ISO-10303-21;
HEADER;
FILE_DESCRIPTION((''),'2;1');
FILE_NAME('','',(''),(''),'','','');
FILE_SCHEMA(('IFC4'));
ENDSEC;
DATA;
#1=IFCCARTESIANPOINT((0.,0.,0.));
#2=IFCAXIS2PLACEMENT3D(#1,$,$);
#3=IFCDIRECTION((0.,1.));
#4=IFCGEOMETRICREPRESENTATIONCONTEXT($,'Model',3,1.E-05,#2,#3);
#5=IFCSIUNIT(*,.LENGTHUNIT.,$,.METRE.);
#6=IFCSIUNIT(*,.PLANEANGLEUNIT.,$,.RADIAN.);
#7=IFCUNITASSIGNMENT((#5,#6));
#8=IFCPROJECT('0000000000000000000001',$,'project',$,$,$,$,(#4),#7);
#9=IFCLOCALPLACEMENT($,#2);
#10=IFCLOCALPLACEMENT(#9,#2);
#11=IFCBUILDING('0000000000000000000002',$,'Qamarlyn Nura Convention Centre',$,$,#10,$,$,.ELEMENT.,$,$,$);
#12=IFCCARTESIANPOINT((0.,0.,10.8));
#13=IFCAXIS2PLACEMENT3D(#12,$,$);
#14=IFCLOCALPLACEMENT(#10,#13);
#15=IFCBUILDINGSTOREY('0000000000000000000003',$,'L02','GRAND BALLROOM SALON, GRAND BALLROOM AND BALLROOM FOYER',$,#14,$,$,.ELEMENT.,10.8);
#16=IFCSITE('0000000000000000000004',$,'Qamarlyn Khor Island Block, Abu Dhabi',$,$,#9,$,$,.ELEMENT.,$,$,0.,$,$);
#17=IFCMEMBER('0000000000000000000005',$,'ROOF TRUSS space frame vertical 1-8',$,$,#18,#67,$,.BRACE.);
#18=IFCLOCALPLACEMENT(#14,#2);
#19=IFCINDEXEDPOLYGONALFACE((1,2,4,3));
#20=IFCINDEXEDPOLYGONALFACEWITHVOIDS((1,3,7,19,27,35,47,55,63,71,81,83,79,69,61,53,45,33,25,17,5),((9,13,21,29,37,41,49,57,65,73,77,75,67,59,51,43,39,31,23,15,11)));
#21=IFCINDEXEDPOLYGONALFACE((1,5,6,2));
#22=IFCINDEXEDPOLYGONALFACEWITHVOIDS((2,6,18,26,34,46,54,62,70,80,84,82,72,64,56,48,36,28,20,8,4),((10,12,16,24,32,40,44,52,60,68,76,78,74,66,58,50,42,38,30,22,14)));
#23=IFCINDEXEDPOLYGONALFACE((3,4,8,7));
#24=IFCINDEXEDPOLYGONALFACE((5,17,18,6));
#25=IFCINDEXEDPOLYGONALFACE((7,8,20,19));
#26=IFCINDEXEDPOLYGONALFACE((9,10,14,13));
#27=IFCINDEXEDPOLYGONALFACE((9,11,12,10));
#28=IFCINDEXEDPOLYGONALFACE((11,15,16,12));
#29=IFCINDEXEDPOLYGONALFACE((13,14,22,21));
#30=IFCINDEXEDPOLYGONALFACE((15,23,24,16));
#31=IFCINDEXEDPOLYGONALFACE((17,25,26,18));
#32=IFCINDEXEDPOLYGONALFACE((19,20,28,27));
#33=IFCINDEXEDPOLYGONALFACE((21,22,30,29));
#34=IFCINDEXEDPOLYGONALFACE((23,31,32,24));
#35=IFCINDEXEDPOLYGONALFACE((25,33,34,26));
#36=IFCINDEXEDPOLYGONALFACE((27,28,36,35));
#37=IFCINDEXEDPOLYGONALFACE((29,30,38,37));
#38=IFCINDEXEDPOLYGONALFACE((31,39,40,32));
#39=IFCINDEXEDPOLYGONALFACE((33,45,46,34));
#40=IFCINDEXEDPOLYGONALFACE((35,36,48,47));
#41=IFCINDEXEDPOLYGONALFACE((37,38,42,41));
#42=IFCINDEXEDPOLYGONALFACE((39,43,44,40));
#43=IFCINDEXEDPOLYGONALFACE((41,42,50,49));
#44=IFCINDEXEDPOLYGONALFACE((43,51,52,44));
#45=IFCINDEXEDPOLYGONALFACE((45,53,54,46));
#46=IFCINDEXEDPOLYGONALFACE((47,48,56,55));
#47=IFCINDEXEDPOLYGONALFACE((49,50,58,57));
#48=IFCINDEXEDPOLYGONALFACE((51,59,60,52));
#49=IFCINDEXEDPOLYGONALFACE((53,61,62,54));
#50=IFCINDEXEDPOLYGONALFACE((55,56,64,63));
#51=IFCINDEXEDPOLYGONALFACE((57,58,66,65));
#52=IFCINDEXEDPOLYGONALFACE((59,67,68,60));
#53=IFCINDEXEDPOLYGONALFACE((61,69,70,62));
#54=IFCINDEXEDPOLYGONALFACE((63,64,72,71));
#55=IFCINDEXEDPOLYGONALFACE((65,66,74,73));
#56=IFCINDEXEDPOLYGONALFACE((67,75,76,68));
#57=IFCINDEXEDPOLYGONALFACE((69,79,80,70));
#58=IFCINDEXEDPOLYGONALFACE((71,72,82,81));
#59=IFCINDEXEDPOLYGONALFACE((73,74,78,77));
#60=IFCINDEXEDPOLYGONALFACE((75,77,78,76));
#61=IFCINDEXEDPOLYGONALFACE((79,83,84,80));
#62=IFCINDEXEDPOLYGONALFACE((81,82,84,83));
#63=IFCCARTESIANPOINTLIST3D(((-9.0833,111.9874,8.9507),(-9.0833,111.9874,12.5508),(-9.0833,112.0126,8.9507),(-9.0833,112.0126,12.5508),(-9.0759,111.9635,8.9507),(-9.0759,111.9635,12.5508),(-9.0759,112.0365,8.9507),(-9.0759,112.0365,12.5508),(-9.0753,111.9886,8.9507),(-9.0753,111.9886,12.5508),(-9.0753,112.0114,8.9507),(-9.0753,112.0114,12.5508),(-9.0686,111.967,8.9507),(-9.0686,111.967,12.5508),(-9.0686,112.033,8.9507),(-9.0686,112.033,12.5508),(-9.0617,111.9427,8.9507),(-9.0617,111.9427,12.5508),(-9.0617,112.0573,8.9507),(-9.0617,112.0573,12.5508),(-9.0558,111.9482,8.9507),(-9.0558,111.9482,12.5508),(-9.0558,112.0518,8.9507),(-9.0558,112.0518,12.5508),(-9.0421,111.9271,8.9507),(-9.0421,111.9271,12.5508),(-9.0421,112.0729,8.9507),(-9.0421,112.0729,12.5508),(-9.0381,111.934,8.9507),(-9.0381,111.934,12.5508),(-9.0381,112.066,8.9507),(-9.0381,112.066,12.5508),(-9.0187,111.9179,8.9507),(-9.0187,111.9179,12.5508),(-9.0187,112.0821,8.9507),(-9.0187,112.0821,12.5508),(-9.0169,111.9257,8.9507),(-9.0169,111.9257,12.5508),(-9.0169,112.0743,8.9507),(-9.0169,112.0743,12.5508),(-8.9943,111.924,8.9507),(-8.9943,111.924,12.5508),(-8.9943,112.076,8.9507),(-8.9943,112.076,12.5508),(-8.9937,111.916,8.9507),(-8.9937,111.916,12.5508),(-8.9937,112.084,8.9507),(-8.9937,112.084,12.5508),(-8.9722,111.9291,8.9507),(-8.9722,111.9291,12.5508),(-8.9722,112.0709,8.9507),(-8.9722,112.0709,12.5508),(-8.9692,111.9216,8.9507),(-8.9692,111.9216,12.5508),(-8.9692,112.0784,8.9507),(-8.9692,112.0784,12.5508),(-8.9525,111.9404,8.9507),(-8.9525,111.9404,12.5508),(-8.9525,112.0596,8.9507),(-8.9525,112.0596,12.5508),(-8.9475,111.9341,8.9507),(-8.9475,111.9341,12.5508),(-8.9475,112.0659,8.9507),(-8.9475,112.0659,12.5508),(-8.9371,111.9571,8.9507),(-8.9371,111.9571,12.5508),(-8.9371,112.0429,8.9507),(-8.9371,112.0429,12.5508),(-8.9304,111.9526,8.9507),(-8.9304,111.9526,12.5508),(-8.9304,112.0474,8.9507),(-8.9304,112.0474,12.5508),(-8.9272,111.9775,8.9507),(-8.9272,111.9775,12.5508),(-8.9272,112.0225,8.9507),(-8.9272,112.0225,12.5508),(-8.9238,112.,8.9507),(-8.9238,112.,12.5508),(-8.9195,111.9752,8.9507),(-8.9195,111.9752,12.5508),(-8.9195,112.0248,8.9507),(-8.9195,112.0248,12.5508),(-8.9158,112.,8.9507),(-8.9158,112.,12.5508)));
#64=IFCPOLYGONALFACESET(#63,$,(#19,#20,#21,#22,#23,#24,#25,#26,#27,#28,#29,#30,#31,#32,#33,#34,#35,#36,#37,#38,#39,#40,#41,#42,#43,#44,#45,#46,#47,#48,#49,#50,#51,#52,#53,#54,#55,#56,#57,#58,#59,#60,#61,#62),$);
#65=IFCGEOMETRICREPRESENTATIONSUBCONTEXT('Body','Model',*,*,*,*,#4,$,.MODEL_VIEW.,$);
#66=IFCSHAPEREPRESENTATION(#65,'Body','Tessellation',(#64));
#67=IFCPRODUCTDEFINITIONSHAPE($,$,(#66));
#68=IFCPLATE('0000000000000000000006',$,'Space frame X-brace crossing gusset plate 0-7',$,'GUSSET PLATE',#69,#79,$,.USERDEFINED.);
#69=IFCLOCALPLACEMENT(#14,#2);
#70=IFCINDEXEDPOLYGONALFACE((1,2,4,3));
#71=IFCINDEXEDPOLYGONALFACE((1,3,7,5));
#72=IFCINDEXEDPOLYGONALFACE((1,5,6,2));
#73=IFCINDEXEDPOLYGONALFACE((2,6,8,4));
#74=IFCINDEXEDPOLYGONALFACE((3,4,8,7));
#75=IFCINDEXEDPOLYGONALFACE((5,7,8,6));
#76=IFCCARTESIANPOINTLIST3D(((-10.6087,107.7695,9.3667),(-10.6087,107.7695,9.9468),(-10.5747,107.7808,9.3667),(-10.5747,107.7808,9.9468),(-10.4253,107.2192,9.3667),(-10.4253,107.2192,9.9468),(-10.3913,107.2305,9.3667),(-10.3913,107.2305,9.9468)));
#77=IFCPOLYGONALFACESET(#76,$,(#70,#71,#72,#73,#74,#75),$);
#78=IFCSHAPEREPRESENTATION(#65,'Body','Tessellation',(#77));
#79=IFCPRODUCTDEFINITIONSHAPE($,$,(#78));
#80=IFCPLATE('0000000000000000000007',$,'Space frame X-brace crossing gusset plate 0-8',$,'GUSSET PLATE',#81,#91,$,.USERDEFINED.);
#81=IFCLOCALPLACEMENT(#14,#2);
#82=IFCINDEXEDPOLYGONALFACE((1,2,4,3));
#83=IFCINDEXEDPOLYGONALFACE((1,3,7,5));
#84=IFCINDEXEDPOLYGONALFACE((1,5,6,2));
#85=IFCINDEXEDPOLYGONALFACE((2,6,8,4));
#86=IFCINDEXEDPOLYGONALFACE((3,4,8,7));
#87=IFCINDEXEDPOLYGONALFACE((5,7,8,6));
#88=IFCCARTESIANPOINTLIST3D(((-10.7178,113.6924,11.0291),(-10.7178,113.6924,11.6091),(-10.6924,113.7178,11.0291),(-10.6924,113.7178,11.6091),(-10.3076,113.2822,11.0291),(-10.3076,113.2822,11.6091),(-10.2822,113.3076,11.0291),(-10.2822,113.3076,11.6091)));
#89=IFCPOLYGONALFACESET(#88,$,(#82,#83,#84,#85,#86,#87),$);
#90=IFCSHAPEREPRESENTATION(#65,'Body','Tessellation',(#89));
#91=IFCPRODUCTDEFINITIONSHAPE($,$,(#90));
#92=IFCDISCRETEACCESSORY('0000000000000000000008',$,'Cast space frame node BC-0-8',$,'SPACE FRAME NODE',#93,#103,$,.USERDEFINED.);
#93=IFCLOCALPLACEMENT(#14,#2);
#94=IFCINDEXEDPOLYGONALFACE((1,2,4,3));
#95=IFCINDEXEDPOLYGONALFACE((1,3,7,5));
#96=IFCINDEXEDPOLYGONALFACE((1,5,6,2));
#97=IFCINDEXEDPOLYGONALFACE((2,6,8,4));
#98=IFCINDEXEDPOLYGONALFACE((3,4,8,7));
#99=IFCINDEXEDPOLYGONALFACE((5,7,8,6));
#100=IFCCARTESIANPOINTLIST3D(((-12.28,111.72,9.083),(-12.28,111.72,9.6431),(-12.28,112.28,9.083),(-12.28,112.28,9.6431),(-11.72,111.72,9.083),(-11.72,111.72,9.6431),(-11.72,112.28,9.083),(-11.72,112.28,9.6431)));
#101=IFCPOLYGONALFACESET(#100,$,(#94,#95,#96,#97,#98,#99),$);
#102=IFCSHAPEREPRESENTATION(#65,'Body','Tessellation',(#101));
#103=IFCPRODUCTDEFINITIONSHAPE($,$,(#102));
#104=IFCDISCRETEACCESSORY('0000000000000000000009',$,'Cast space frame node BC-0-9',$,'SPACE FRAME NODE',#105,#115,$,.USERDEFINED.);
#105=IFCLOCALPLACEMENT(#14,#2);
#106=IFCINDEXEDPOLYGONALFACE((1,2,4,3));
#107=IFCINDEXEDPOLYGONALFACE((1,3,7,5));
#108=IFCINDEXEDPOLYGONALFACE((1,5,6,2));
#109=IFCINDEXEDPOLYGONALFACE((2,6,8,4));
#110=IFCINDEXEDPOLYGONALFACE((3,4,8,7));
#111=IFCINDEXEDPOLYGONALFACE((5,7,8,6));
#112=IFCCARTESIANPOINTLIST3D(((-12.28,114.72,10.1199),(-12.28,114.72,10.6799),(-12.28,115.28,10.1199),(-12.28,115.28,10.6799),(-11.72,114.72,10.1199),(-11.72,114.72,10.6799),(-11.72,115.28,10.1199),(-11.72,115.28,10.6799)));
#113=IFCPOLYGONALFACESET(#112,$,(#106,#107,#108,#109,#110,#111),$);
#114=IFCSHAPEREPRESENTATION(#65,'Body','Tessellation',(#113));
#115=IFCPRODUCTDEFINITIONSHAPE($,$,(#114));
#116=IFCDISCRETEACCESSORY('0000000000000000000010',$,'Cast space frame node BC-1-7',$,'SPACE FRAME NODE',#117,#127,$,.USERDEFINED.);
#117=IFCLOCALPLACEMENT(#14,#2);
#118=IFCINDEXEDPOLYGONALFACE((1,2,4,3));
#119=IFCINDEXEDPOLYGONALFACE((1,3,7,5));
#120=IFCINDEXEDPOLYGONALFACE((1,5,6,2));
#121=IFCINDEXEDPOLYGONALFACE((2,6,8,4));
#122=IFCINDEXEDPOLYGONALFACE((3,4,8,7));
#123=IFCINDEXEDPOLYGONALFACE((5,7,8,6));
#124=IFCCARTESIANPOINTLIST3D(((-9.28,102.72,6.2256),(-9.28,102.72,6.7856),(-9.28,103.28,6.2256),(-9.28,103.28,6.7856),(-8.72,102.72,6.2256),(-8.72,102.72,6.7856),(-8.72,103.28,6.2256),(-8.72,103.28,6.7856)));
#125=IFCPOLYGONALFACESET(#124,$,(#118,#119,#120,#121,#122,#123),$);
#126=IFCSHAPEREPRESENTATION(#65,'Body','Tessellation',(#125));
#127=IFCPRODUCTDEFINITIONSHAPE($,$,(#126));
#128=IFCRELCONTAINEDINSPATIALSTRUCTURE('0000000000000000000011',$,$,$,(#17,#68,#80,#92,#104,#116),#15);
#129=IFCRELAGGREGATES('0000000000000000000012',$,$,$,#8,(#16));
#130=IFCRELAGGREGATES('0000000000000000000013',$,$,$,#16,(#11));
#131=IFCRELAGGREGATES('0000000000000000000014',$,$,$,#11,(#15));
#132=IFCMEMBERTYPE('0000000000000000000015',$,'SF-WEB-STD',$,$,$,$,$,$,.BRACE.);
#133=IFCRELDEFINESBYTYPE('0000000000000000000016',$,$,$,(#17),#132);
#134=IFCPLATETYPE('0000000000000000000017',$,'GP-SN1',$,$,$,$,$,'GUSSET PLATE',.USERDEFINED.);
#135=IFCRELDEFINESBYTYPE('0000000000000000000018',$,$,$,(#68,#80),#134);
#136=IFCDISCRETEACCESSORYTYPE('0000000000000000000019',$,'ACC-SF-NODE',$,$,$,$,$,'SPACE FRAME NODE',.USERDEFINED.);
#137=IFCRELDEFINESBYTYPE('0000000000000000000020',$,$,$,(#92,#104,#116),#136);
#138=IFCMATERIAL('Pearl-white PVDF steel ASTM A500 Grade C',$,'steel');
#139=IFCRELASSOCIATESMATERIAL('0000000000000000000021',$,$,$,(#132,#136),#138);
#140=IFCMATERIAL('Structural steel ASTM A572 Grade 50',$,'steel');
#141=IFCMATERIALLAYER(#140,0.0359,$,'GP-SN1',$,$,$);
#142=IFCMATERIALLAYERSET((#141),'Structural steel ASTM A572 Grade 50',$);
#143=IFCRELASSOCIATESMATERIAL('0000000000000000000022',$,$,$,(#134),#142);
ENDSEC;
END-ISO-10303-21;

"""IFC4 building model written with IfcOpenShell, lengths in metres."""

from ifc_helpers import new_model, si_unit, direction, frame, origin, origin_2d, place, context, subcontext, project, spatial, rectangle, hollow_circle, extrude, material, layer, layer_set, material_profile, profile_set, type_object, element, save


model = new_model("IFC4")

# Units and contexts
model_context = context("Model", 3, precision=1e-05, world=origin(), true_north=direction((0.0, 1.0)))
body_context = subcontext(model_context, "Body", "Model", "MODEL_VIEW")
ifc_project = project(units=[si_unit("LENGTHUNIT", "METRE"), si_unit("PLANEANGLEUNIT", "RADIAN")], contexts=[model_context])

# Site, building, storey
site_placement = place(None, origin())
site = spatial("IfcSite", under=ifc_project, at=site_placement, Name="Qamarlyn Khor Island Block, Abu Dhabi", CompositionType="ELEMENT", RefElevation=0.0)
building_placement = place(site_placement, origin())
building = spatial("IfcBuilding", under=site, at=building_placement, Name="Qamarlyn Nura Convention Centre", CompositionType="ELEMENT")
storey_placement = place(building_placement, frame((0.0, 0.0, 10.8)))
storey = spatial("IfcBuildingStorey", under=building, at=storey_placement, Name="L02", Description="GRAND BALLROOM SALON, GRAND BALLROOM AND BALLROOM FOYER", CompositionType="ELEMENT", Elevation=10.8)

# Member
ifc_material_1 = material(Name="Pearl-white PVDF steel ASTM A500 Grade C", Category="steel")
ifc_material_profile_1 = material_profile(ifc_material_1, hollow_circle(Radius=0.0842, WallThickness=0.0081, at=origin_2d()), Name="CHS168.3X8")
ifc_profile_set_1 = profile_set([ifc_material_profile_1], Name="Pearl-white PVDF steel ASTM A500 Grade C")
member_type_1 = type_object("IfcMemberType", Name="SF-WEB-STD", PredefinedType="BRACE", material=ifc_profile_set_1)
member_1_placement = place(storey_placement, frame((-9.0, 112.0, 8.9507), z_axis=(0.0, 0.0, 1.0), x_axis=(1.0, 0.0, 0.0)))
element("IfcMember", 1, at=member_1_placement, inside=storey, type_object=member_type_1, Name="ROOF TRUSS space frame vertical 1-8", PredefinedType="BRACE", context=body_context, shape_type="SweptSolid", body=[
    extrude(hollow_circle(Radius=0.0842, WallThickness=0.0081, at=origin_2d()), origin(), (0.0, 0.0, 1.0), 3.6001),
])

# Plates
ifc_material_2 = material(Name="Structural steel ASTM A572 Grade 50", Category="steel")
ifc_layer = layer(ifc_material_2, 0.0359, Name="GP-SN1")
ifc_layer_set = layer_set([ifc_layer], Name="Structural steel ASTM A572 Grade 50")
plate_type = type_object("IfcPlateType", Name="GP-SN1", ElementType="GUSSET PLATE", PredefinedType="USERDEFINED", material=ifc_layer_set)
for number, where, z_axis, x_axis, name in (
    (2, (-10.5, 107.5, 9.3667), (0.0, 0.0, 1.0), (-0.316227, 0.948684, 0.0), "Space frame X-brace crossing gusset plate 0-7"),
    (3, (-10.5, 113.5, 11.0291), (0.0, 0.0, 1.0), (-0.707107, 0.707107, 0.0), "Space frame X-brace crossing gusset plate 0-8"),
):
    element("IfcPlate", number, at=place(storey_placement, frame(where, z_axis=z_axis, x_axis=x_axis)), inside=storey, type_object=plate_type, Name=name, ObjectType="GUSSET PLATE", PredefinedType="USERDEFINED", context=body_context, shape_type="SweptSolid", body=[
        extrude(rectangle(XDim=0.5801, YDim=0.0359, at=origin_2d()), origin(), (0.0, 0.0, 1.0), 0.5801),
    ])

# Discrete accessories
discrete_accessory_type = type_object("IfcDiscreteAccessoryType", Name="ACC-SF-NODE", ElementType="SPACE FRAME NODE", PredefinedType="USERDEFINED", material=ifc_material_1)
for number, where, z_axis, x_axis, name in (
    (4, (-12.0, 112.0, 9.083), (0.0, 0.0, 1.0), (1.0, 0.0, 0.0), "Cast space frame node BC-0-8"),
    (5, (-12.0, 115.0, 10.1199), (0.0, 0.0, 1.0), (1.0, 0.0, 0.0), "Cast space frame node BC-0-9"),
    (6, (-9.0, 103.0, 6.2256), (0.0, 0.0, 1.0), (1.0, 0.0, 0.0), "Cast space frame node BC-1-7"),
):
    element("IfcDiscreteAccessory", number, at=place(storey_placement, frame(where, z_axis=z_axis, x_axis=x_axis)), inside=storey, type_object=discrete_accessory_type, Name=name, ObjectType="SPACE FRAME NODE", PredefinedType="USERDEFINED", context=body_context, shape_type="SweptSolid", body=[
        extrude(rectangle(XDim=0.5601, YDim=0.5601, at=origin_2d()), origin(), (0.0, 0.0, 1.0), 0.5601),
    ])

save(model, "model.ifc")
